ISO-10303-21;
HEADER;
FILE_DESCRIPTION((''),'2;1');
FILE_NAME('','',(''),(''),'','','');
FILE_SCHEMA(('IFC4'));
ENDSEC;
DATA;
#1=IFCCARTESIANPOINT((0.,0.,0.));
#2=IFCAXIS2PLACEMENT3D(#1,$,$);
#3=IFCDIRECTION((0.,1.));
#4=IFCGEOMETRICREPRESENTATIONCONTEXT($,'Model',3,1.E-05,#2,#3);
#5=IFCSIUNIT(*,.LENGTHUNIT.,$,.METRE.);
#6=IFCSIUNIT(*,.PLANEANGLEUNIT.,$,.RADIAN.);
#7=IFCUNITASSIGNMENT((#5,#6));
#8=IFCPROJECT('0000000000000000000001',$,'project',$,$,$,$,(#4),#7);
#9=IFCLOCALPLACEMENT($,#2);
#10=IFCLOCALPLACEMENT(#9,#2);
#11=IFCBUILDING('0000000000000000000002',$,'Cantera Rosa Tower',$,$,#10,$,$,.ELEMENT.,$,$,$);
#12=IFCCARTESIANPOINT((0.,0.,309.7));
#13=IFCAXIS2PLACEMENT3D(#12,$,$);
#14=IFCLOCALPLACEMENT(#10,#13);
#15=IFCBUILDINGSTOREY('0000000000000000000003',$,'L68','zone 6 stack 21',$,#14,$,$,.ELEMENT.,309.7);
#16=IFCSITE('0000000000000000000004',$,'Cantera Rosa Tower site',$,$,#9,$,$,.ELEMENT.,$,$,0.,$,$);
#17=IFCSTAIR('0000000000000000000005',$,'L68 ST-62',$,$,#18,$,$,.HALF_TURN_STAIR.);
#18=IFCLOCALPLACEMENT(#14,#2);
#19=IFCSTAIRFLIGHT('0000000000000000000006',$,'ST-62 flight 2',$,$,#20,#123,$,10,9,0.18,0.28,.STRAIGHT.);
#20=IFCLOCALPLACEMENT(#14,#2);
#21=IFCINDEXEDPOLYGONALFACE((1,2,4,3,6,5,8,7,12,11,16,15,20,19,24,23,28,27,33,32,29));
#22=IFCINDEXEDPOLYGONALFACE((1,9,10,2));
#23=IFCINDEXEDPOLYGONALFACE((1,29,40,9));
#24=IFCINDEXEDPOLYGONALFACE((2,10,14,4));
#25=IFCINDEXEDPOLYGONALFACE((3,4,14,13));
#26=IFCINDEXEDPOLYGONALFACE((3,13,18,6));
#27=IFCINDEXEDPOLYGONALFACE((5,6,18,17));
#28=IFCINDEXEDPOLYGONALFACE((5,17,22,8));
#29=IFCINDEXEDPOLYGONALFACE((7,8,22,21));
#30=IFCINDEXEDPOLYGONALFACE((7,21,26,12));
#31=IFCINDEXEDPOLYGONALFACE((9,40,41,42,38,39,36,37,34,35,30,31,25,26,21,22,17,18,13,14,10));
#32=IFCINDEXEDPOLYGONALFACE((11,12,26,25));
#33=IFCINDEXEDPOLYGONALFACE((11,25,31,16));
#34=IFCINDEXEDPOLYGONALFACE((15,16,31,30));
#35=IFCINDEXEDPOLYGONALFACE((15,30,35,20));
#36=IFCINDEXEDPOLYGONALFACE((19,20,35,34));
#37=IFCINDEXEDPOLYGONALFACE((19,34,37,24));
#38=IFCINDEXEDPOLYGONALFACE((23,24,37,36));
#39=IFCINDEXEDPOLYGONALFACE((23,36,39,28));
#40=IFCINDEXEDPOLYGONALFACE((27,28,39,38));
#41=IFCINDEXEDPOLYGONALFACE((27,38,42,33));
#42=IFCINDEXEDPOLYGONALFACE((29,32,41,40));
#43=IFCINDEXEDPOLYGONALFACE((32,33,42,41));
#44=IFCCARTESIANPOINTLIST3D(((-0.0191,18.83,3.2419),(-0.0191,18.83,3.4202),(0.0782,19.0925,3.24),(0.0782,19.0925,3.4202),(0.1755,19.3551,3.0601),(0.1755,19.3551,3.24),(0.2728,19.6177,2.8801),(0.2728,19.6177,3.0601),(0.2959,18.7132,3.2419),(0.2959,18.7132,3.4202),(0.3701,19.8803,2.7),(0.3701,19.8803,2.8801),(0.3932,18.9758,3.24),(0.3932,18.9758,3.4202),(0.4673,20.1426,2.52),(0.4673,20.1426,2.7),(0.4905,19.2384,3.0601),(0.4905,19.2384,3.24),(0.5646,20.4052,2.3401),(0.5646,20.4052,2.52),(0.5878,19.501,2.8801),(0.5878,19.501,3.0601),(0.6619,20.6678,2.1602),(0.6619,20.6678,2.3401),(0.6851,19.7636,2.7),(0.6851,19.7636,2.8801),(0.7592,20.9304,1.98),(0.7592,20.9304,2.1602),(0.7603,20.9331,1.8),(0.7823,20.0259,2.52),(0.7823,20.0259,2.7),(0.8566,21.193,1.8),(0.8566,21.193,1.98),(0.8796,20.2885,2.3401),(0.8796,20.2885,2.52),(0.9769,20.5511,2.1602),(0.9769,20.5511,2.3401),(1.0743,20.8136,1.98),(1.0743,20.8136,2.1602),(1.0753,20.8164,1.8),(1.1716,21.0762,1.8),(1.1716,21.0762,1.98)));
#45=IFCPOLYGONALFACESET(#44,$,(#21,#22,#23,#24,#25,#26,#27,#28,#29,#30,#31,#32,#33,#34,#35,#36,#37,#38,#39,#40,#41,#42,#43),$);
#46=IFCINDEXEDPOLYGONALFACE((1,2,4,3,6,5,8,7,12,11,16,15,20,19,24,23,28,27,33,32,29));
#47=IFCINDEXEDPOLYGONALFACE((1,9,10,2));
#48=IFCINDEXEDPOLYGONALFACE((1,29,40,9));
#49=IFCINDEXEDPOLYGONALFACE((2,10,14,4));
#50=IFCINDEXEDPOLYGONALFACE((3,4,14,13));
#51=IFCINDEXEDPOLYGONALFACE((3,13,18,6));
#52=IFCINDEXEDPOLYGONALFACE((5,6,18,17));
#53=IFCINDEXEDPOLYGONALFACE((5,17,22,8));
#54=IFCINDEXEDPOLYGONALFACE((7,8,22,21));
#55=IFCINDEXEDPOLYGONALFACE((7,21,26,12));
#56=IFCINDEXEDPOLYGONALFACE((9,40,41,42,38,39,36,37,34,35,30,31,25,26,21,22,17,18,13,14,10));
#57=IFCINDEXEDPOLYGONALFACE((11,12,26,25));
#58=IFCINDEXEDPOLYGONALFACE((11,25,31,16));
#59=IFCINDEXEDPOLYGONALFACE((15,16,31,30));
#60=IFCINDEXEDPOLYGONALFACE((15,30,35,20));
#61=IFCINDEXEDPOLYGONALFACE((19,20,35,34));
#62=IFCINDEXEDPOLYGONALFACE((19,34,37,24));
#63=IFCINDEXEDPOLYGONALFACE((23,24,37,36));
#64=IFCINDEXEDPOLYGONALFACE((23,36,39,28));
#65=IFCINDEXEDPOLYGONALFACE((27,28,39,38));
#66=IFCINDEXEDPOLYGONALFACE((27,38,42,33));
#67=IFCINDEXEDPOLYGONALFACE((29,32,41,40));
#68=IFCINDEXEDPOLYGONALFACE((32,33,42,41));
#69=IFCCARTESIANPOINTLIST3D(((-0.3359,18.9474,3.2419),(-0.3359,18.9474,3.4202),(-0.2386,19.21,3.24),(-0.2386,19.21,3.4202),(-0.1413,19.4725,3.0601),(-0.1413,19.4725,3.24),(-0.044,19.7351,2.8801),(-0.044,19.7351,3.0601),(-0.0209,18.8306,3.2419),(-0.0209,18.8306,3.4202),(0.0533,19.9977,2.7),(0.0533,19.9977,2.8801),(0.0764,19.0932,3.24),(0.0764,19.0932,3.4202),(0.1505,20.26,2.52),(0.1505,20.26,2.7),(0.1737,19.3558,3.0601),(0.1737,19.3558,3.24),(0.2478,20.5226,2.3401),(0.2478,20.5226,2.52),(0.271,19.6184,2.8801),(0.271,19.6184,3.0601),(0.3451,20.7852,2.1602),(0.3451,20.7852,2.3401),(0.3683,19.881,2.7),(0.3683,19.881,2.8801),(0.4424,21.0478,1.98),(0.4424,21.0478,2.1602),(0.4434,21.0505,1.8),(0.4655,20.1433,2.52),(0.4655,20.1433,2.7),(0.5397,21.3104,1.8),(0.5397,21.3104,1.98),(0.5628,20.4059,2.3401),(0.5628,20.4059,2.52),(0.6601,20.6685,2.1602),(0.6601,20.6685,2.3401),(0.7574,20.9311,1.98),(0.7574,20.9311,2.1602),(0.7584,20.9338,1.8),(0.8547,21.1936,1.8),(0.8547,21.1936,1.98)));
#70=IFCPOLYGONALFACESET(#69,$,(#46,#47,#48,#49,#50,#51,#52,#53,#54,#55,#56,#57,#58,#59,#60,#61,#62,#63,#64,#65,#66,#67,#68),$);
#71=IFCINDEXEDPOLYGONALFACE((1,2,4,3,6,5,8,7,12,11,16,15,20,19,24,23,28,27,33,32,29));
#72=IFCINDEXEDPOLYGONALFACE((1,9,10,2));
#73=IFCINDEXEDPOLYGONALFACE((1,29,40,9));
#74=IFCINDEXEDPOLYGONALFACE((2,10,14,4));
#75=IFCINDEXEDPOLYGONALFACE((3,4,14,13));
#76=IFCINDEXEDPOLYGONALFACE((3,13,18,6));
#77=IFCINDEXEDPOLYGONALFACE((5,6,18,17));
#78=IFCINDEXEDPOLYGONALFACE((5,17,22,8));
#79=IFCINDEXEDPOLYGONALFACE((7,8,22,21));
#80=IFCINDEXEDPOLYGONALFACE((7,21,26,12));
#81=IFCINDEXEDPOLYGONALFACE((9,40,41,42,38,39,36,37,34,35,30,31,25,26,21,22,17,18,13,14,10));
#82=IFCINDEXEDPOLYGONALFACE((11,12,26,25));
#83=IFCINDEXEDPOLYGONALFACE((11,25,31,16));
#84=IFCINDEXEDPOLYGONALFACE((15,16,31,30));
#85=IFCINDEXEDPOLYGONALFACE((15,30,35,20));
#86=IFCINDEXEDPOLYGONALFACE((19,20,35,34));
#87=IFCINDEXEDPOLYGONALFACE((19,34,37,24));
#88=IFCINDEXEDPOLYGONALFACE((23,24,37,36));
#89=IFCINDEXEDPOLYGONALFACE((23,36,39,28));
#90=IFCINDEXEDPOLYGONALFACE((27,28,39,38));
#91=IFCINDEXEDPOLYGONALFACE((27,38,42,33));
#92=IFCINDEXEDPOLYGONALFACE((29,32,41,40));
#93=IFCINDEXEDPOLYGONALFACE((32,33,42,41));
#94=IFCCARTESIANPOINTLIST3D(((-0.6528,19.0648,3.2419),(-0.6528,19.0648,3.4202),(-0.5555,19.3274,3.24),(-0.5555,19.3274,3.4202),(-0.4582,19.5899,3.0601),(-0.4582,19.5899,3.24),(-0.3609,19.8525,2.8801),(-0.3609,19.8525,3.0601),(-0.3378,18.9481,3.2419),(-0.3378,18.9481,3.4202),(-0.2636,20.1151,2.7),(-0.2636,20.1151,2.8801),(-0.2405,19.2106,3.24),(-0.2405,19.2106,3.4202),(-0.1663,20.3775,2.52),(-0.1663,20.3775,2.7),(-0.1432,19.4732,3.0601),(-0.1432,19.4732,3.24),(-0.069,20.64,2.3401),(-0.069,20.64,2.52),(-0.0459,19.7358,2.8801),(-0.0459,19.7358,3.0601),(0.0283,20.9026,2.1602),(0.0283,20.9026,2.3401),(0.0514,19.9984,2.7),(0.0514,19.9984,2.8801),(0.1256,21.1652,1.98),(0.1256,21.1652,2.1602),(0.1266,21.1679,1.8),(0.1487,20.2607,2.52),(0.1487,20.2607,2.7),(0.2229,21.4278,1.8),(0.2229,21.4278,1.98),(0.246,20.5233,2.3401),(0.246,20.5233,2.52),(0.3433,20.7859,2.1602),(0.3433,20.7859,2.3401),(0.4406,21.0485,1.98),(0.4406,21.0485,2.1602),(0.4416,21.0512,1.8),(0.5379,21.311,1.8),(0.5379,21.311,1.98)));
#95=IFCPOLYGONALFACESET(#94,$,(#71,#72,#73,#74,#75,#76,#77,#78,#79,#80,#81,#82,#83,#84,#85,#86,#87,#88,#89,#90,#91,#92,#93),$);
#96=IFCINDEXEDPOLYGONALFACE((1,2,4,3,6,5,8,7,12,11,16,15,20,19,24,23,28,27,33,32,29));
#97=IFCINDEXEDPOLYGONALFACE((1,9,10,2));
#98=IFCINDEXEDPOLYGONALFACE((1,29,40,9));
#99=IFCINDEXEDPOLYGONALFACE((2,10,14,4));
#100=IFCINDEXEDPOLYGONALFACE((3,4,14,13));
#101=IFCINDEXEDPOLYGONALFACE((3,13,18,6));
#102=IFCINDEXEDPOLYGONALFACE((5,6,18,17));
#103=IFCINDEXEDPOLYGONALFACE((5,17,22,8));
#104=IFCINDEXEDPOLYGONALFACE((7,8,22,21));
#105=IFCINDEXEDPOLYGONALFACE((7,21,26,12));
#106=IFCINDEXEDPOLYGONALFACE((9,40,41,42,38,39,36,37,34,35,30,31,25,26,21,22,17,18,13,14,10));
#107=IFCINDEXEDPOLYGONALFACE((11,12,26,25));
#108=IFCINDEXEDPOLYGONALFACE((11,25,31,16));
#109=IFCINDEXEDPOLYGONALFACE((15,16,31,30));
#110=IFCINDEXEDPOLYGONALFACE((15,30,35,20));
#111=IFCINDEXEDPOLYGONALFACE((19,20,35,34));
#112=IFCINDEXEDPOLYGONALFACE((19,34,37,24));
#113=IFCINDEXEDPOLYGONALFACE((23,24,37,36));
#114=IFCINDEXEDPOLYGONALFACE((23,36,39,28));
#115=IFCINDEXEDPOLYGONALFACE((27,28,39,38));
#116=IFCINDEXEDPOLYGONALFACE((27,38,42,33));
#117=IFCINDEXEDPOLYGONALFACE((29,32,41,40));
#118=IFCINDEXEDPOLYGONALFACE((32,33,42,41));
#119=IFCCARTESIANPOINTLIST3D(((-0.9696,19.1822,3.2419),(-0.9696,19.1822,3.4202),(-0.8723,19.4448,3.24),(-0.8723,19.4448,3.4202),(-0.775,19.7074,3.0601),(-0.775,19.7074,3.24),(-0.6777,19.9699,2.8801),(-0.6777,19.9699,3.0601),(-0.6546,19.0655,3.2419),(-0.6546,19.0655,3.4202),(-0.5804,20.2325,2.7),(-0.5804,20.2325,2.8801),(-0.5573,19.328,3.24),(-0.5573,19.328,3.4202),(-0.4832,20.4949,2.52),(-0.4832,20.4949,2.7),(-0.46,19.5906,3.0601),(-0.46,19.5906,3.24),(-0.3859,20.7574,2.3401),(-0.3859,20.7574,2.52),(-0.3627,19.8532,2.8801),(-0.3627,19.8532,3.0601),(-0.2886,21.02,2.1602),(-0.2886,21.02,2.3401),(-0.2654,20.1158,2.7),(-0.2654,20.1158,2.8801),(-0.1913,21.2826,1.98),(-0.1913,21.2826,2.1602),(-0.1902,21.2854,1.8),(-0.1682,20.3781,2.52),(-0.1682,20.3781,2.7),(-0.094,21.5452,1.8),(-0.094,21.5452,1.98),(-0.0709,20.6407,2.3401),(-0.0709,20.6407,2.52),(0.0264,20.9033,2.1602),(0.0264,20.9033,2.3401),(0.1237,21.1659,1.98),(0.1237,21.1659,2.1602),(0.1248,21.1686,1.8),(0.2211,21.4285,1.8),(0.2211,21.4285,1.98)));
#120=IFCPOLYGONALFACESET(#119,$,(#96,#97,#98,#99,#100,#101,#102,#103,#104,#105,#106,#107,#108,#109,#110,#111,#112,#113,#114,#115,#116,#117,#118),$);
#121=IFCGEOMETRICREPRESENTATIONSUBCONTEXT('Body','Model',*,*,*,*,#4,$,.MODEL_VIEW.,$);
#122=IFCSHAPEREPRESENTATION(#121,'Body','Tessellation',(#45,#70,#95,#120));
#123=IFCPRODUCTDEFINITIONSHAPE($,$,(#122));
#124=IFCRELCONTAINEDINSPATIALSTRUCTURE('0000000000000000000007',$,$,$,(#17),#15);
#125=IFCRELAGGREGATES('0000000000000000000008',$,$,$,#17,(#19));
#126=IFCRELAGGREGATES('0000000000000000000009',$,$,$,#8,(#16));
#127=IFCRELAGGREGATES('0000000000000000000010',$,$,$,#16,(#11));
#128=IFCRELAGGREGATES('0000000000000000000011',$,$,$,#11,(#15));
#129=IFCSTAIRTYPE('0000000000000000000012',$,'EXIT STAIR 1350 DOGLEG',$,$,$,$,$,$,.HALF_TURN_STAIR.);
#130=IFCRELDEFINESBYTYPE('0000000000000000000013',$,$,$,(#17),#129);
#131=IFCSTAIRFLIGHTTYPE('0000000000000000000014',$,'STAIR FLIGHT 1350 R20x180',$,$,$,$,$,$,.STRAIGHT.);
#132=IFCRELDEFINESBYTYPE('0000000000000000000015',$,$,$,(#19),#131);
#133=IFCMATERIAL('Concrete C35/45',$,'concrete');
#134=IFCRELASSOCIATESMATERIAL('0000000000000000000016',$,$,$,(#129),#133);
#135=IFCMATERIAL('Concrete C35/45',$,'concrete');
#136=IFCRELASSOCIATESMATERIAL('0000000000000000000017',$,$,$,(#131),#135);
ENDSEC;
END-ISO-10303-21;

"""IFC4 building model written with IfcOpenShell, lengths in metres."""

from ifc_helpers import new_model, si_unit, direction, frame, origin, place, context, subcontext, project, spatial, polyline, outline, extrude, material, type_object, element, aggregate, save


model = new_model("IFC4")

# Units and contexts
model_context = context("Model", 3, precision=1e-05, world=origin(), true_north=direction((0.0, 1.0)))
body_context = subcontext(model_context, "Body", "Model", "MODEL_VIEW")
ifc_project = project(units=[si_unit("LENGTHUNIT", "METRE"), si_unit("PLANEANGLEUNIT", "RADIAN")], contexts=[model_context])

# Site, building, storey
site_placement = place(None, origin())
site = spatial("IfcSite", under=ifc_project, at=site_placement, Name="Cantera Rosa Tower site", CompositionType="ELEMENT", RefElevation=0.0)
building_placement = place(site_placement, origin())
building = spatial("IfcBuilding", under=site, at=building_placement, Name="Cantera Rosa Tower", CompositionType="ELEMENT")
storey_placement = place(building_placement, frame((0.0, 0.0, 309.7)))
storey = spatial("IfcBuildingStorey", under=building, at=storey_placement, Name="L68", Description="zone 6 stack 21", CompositionType="ELEMENT", Elevation=309.7)

# Stair, stair flight
ifc_material_1 = material(Name="Concrete C35/45", Category="concrete")
stair_type = type_object("IfcStairType", Name="EXIT STAIR 1350 DOGLEG", PredefinedType="HALF_TURN_STAIR", material=ifc_material_1)
stair_placement = place(storey_placement, origin())
stair = element("IfcStair", 1, at=stair_placement, inside=storey, type_object=stair_type, Name="L68 ST-62", PredefinedType="HALF_TURN_STAIR")
ifc_material_2 = material(Name="Concrete C35/45", Category="concrete")
stair_flight_type = type_object("IfcStairFlightType", Name="STAIR FLIGHT 1350 R20x180", PredefinedType="STRAIGHT", material=ifc_material_2)
stair_flight_1_placement = place(storey_placement, frame((0.5386, 21.3108, 1.8), z_axis=(0.0, 0.0, 1.0), x_axis=(-0.347481, -0.937687, 0.0)))
stair_flight_1 = element("IfcStairFlight", 2, at=stair_flight_1_placement, type_object=stair_flight_type, Name="ST-62 flight 2", NumberOfRisers=10, NumberOfTreads=9, PredefinedType="STRAIGHT", RiserHeight=0.18, TreadLength=0.28, context=body_context, shape_type="SweptSolid", body=[
    extrude(outline(polyline([(0.0, 0.0), (0.0, 0.1799), (0.28, 0.1799), (0.28, 0.3601), (0.5601, 0.3601), (0.5601, 0.54), (0.8401, 0.54), (0.8401, 0.72), (1.1201, 0.72), (1.1201, 0.8999), (1.3999, 0.8999), (1.3999, 1.0801), (1.6799, 1.0801), (1.6799, 1.26), (1.96, 1.26), (1.96, 1.4399), (2.24, 1.4399), (2.24, 1.6201), (2.52, 1.6201), (2.52, 1.8), (2.52, 1.4419), (0.2771, 0.0), (0.0, 0.0)])), frame((0.0, 0.675, 0.0), z_axis=(0.0, -1.0, 0.0), x_axis=(1.0, 0.0, 0.0)), (0.0, 0.0, 1.0), 0.3359),
    extrude(outline(polyline([(0.0, 0.0), (0.0, 0.1799), (0.28, 0.1799), (0.28, 0.3601), (0.5601, 0.3601), (0.5601, 0.54), (0.8401, 0.54), (0.8401, 0.72), (1.1201, 0.72), (1.1201, 0.8999), (1.3999, 0.8999), (1.3999, 1.0801), (1.6799, 1.0801), (1.6799, 1.26), (1.96, 1.26), (1.96, 1.4399), (2.24, 1.4399), (2.24, 1.6201), (2.52, 1.6201), (2.52, 1.8), (2.52, 1.4419), (0.2771, 0.0), (0.0, 0.0)])), frame((0.0, 0.3372, 0.0), z_axis=(0.0, -1.0, 0.0), x_axis=(1.0, 0.0, 0.0)), (0.0, 0.0, 1.0), 0.3359),
    extrude(outline(polyline([(0.0, 0.0), (0.0, 0.1799), (0.28, 0.1799), (0.28, 0.3601), (0.5601, 0.3601), (0.5601, 0.54), (0.8401, 0.54), (0.8401, 0.72), (1.1201, 0.72), (1.1201, 0.8999), (1.3999, 0.8999), (1.3999, 1.0801), (1.6799, 1.0801), (1.6799, 1.26), (1.96, 1.26), (1.96, 1.4399), (2.24, 1.4399), (2.24, 1.6201), (2.52, 1.6201), (2.52, 1.8), (2.52, 1.4419), (0.2771, 0.0), (0.0, 0.0)])), frame((0.0, -0.0007, 0.0), z_axis=(0.0, -1.0, 0.0), x_axis=(1.0, 0.0, 0.0)), (0.0, 0.0, 1.0), 0.3359),
    extrude(outline(polyline([(0.0, 0.0), (0.0, 0.1799), (0.28, 0.1799), (0.28, 0.3601), (0.5601, 0.3601), (0.5601, 0.54), (0.8401, 0.54), (0.8401, 0.72), (1.1201, 0.72), (1.1201, 0.8999), (1.3999, 0.8999), (1.3999, 1.0801), (1.6799, 1.0801), (1.6799, 1.26), (1.96, 1.26), (1.96, 1.4399), (2.24, 1.4399), (2.24, 1.6201), (2.52, 1.6201), (2.52, 1.8), (2.52, 1.4419), (0.2771, 0.0), (0.0, 0.0)])), frame((0.0, -0.3386, 0.0), z_axis=(0.0, -1.0, 0.0), x_axis=(1.0, 0.0, 0.0)), (0.0, 0.0, 1.0), 0.3359),
])
aggregate(stair, [stair_flight_1])

save(model, "model.ifc")
